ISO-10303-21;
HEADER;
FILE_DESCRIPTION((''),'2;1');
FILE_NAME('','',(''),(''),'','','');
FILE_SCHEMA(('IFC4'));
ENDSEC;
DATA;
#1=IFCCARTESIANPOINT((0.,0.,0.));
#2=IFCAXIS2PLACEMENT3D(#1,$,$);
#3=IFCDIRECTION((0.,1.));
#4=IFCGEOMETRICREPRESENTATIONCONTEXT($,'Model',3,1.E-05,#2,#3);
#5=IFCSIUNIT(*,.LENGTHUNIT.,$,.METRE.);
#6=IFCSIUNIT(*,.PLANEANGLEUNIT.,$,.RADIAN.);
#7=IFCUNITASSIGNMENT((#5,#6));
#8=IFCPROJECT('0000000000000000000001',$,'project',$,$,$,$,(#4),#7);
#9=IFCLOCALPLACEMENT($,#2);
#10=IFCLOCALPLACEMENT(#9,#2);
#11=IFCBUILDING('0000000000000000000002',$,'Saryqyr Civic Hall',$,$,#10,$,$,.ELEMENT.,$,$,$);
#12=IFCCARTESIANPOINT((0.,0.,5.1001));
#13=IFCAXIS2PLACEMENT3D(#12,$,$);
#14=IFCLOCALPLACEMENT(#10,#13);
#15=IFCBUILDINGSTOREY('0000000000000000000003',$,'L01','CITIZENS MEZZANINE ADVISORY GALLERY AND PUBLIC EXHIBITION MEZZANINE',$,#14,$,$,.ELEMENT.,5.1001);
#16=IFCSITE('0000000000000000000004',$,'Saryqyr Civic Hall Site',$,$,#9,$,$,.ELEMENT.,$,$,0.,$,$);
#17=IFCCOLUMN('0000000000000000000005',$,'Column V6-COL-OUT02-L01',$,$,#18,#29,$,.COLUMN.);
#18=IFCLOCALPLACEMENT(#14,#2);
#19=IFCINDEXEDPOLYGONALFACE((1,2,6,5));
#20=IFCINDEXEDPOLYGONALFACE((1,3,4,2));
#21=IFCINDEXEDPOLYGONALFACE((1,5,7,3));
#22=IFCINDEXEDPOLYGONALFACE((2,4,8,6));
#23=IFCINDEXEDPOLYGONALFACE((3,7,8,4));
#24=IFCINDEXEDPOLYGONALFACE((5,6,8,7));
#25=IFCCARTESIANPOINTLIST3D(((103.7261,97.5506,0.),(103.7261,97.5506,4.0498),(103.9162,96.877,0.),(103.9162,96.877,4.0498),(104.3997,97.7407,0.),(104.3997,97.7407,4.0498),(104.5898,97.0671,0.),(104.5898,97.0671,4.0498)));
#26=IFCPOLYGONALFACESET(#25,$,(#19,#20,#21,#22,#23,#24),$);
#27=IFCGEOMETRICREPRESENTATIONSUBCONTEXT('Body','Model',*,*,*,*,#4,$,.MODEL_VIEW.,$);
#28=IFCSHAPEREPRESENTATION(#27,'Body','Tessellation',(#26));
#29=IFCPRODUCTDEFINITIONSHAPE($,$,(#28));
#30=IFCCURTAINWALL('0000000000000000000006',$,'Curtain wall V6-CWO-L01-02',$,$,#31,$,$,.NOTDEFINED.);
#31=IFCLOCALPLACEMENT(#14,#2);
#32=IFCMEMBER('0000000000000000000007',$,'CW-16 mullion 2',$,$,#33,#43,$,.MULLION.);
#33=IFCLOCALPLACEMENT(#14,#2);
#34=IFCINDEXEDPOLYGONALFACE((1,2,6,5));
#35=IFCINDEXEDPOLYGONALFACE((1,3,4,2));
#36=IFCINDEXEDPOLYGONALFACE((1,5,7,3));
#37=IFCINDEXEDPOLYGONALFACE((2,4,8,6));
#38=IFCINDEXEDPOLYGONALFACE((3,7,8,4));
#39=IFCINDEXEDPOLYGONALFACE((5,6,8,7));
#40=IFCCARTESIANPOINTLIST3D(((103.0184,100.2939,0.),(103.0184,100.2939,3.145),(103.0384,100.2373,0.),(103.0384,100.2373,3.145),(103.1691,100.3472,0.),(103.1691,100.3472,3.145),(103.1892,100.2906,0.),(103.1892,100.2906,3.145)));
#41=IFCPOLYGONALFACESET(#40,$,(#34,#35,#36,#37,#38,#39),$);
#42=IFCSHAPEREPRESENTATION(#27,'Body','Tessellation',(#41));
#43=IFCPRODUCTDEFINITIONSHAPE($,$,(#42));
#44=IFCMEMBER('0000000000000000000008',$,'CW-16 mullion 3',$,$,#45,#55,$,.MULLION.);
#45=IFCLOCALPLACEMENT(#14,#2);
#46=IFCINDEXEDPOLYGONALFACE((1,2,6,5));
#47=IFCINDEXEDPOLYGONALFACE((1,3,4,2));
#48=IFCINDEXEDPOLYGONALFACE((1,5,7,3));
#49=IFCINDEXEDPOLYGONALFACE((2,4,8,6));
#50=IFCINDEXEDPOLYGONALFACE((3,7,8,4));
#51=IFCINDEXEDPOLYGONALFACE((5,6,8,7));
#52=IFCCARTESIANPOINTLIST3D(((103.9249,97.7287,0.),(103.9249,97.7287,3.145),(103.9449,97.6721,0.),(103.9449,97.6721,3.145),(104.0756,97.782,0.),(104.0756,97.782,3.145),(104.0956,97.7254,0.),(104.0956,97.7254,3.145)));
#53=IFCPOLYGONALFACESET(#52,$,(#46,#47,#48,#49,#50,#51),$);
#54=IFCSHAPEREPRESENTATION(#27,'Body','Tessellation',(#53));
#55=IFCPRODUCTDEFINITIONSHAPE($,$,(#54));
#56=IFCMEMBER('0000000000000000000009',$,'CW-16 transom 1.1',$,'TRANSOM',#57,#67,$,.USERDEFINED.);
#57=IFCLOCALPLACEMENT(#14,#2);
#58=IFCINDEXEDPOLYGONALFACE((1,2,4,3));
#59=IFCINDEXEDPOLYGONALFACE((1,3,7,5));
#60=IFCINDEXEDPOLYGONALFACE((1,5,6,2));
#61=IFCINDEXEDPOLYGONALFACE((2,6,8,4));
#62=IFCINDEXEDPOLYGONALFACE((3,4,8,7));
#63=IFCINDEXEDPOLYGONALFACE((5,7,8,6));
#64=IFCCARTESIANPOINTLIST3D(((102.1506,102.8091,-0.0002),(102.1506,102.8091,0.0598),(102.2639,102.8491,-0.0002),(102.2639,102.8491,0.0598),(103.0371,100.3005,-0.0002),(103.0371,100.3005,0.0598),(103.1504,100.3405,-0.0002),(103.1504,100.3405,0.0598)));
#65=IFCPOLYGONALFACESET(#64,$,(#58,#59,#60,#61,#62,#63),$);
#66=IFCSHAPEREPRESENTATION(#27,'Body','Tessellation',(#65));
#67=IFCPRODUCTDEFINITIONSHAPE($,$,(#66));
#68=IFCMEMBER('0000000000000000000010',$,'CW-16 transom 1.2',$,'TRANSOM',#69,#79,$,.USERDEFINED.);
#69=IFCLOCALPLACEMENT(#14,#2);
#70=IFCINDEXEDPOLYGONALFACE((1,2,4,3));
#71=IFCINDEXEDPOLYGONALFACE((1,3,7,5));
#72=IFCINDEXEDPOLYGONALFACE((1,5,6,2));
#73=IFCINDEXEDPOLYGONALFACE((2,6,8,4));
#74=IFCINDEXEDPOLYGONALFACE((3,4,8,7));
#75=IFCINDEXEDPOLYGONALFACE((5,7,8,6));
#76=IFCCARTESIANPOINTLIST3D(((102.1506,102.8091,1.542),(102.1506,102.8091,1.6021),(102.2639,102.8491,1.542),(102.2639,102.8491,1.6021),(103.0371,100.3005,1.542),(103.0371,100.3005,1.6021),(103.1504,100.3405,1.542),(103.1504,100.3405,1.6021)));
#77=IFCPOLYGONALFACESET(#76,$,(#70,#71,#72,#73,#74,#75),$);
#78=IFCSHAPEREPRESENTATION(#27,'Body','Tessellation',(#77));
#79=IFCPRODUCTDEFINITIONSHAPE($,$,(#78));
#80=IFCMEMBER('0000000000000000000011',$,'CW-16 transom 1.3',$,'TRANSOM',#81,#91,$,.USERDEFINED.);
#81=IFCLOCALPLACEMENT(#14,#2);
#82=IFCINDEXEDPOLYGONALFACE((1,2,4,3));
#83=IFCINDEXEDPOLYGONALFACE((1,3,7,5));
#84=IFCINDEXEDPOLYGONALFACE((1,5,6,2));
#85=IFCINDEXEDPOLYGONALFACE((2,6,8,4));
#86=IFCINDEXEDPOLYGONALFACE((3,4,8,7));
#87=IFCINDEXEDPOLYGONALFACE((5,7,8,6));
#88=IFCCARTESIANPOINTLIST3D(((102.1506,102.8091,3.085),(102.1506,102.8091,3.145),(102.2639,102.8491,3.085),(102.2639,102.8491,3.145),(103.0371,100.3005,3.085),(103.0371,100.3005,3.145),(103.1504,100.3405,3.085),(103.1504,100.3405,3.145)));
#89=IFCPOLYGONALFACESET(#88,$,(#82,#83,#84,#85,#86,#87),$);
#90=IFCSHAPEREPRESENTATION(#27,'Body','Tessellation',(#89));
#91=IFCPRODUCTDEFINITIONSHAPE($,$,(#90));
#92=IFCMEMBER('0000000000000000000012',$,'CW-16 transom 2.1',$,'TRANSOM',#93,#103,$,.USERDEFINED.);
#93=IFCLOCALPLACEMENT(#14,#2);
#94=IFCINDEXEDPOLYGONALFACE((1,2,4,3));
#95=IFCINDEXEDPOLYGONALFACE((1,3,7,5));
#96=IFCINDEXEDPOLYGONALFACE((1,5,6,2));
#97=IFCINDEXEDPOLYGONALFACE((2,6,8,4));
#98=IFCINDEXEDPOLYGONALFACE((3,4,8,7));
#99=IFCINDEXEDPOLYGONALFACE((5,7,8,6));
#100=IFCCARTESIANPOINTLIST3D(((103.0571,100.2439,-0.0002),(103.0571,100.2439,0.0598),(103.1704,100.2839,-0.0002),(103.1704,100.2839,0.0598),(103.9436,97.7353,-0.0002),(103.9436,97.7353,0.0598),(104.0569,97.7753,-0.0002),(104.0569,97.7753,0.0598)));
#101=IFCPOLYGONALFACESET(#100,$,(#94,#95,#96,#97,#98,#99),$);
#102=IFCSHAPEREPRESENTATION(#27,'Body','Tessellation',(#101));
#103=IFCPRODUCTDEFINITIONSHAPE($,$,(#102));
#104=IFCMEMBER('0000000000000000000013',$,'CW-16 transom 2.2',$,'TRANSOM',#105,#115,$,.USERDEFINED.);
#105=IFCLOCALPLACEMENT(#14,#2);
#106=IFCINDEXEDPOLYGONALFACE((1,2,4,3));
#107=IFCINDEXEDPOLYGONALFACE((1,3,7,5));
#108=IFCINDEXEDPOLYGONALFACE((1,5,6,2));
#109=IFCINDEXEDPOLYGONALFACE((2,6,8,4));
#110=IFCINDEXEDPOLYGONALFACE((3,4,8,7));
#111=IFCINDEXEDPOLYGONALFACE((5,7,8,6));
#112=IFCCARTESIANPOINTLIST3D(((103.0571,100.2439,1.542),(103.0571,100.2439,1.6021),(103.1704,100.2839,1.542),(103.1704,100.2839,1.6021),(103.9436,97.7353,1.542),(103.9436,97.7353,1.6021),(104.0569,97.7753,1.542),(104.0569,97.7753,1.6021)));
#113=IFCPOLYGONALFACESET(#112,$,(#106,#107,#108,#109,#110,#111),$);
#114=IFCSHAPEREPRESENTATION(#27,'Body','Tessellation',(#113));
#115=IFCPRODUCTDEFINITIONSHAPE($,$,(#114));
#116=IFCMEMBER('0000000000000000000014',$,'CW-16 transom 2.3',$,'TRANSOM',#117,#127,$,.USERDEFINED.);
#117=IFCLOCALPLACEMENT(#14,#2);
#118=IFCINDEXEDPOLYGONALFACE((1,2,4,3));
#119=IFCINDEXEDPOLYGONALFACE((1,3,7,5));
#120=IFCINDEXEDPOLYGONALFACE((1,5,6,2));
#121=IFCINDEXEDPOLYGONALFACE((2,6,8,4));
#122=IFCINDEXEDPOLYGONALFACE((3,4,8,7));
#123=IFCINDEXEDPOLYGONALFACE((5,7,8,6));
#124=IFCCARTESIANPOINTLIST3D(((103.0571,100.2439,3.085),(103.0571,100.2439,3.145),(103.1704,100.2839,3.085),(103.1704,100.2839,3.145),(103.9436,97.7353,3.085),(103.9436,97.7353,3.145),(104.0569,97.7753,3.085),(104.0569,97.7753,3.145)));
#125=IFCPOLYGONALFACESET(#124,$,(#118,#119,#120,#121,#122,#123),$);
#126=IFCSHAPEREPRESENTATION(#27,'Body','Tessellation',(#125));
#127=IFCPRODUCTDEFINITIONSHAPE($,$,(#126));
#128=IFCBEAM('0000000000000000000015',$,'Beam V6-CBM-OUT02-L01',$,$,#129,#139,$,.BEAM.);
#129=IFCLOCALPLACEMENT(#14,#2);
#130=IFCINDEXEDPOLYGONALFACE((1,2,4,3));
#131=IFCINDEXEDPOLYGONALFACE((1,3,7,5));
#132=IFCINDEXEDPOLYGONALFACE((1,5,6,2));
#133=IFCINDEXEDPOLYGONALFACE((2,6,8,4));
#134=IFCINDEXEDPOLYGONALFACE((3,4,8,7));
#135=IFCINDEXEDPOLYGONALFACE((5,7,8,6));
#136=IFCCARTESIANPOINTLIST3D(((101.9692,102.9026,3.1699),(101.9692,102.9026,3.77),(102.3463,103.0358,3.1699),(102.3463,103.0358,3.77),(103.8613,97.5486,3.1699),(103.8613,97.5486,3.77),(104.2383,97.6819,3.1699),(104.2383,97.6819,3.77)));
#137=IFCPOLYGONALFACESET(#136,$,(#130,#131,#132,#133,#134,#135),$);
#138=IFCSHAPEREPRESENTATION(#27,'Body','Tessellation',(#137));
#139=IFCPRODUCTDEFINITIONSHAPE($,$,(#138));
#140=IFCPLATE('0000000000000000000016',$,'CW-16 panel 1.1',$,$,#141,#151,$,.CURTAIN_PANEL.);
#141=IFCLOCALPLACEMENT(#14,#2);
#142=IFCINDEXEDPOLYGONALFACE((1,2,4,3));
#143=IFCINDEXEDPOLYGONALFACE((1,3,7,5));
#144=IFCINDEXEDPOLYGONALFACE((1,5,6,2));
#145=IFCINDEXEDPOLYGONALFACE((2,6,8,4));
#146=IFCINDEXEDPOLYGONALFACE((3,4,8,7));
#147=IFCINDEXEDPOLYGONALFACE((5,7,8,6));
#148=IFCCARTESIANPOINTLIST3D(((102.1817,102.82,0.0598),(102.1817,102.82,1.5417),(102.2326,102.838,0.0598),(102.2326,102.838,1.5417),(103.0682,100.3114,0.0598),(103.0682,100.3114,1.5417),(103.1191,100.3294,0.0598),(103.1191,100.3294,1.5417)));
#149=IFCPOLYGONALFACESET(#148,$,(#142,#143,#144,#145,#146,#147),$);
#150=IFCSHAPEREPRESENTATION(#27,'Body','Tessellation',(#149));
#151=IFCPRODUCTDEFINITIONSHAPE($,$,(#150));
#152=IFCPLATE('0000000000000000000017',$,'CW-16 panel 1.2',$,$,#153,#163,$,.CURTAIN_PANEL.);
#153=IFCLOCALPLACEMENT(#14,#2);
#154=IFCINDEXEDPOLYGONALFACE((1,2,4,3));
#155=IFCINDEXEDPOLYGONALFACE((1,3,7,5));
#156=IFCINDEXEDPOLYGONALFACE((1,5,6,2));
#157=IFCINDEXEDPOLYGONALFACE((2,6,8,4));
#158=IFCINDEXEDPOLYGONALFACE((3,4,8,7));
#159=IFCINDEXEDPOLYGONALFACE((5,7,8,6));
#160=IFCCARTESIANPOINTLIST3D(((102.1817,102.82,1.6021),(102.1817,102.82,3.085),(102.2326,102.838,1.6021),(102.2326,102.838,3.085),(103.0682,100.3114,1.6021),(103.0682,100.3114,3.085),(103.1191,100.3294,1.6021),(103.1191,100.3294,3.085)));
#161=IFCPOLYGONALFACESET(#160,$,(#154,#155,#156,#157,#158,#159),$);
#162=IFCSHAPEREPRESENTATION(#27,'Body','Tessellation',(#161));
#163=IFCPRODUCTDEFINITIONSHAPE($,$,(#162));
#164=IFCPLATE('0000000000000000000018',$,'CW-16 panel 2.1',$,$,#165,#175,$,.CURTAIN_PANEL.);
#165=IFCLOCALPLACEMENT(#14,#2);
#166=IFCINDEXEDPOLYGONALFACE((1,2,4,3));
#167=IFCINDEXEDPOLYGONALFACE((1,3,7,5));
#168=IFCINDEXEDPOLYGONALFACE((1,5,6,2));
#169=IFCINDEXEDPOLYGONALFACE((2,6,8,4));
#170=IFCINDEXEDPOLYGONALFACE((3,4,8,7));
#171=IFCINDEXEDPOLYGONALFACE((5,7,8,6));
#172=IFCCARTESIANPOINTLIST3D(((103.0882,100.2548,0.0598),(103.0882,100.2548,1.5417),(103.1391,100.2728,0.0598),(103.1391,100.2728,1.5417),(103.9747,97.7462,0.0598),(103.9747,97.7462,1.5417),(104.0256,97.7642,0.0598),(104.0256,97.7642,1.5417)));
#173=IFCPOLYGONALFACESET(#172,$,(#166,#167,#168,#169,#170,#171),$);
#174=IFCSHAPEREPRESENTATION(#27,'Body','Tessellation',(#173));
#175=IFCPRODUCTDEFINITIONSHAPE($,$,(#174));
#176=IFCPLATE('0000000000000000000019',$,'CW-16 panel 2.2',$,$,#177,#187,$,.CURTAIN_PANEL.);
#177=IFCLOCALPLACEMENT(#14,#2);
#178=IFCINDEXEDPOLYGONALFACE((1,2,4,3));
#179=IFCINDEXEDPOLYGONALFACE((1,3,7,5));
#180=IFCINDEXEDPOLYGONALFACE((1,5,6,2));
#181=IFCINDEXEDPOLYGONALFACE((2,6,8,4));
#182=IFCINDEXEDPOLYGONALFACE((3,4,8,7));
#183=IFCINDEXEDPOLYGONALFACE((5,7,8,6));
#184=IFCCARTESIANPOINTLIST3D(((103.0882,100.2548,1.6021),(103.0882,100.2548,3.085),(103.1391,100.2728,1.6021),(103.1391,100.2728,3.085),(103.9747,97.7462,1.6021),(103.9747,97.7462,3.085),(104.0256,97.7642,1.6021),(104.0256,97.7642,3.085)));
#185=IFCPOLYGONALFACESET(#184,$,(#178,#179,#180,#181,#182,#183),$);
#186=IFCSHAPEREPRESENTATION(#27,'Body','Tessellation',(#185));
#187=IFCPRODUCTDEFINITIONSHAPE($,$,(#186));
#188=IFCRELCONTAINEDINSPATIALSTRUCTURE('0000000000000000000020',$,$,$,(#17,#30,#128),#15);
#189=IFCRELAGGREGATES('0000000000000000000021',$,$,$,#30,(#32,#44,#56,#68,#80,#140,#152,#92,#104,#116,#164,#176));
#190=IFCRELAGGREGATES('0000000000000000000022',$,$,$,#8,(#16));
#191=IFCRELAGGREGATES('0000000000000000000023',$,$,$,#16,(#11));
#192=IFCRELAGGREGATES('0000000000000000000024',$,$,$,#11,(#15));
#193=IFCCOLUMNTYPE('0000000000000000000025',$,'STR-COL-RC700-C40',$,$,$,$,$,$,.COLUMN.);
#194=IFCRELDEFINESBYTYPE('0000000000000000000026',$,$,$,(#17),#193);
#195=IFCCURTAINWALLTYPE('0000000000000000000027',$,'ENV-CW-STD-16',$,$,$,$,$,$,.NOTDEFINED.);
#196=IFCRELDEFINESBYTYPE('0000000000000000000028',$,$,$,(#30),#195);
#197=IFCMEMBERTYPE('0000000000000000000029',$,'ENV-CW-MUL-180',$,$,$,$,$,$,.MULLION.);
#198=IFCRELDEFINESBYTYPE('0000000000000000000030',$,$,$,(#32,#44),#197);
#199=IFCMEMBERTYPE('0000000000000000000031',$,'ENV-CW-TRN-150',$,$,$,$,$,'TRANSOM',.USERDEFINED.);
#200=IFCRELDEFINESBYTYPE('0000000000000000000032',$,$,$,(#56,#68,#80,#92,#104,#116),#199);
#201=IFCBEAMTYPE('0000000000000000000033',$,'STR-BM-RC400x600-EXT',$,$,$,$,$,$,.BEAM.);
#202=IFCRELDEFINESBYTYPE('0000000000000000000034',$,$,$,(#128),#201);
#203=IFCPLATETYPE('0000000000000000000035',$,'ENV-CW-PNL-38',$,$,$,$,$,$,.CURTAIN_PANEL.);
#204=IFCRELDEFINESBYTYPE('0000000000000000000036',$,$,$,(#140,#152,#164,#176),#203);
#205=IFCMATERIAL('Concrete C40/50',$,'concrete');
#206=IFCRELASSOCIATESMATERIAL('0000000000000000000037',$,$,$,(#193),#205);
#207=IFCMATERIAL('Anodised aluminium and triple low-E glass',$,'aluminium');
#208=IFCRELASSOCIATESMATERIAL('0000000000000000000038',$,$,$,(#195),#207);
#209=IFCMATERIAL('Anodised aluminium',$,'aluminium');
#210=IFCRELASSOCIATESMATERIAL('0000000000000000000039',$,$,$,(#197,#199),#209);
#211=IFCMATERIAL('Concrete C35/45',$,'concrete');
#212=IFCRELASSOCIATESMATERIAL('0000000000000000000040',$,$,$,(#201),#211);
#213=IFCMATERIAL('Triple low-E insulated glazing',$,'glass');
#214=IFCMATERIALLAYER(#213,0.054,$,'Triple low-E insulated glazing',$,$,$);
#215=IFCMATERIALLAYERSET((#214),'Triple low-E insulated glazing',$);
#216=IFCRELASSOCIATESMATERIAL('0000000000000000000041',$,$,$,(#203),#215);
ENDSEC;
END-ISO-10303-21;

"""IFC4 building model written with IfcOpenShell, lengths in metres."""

from ifc_helpers import new_model, si_unit, direction, frame, origin, origin_2d, place, context, subcontext, project, spatial, rectangle, extrude, material, layer, layer_set, material_profile, profile_set, type_object, element, aggregate, save


model = new_model("IFC4")

# Units and contexts
model_context = context("Model", 3, precision=1e-05, world=origin(), true_north=direction((0.0, 1.0)))
body_context = subcontext(model_context, "Body", "Model", "MODEL_VIEW")
ifc_project = project(units=[si_unit("LENGTHUNIT", "METRE"), si_unit("PLANEANGLEUNIT", "RADIAN")], contexts=[model_context])

# Site, building, storey
site_placement = place(None, origin())
site = spatial("IfcSite", under=ifc_project, at=site_placement, Name="Saryqyr Civic Hall Site", CompositionType="ELEMENT", RefElevation=0.0)
building_placement = place(site_placement, origin())
building = spatial("IfcBuilding", under=site, at=building_placement, Name="Saryqyr Civic Hall", CompositionType="ELEMENT")
storey_placement = place(building_placement, frame((0.0, 0.0, 5.1001)))
storey = spatial("IfcBuildingStorey", under=building, at=storey_placement, Name="L01", Description="CITIZENS MEZZANINE ADVISORY GALLERY AND PUBLIC EXHIBITION MEZZANINE", CompositionType="ELEMENT", Elevation=5.1001)

# Column
ifc_material_1 = material(Name="Concrete C40/50", Category="concrete")
ifc_material_profile_1 = material_profile(ifc_material_1, rectangle(XDim=0.7, YDim=0.7, at=origin_2d()), Name="RC 700x700")
ifc_profile_set_1 = profile_set([ifc_material_profile_1], Name="Concrete C40/50")
column_type = type_object("IfcColumnType", Name="STR-COL-RC700-C40", PredefinedType="COLUMN", material=ifc_profile_set_1)
column_placement = place(storey_placement, frame((104.158, 97.3088, 0.0), z_axis=(0.0, 0.0, 1.0), x_axis=(0.962408, 0.271608, 0.0)))
element("IfcColumn", 1, at=column_placement, inside=storey, type_object=column_type, Name="Column V6-COL-OUT02-L01", PredefinedType="COLUMN", context=body_context, shape_type="SweptSolid", body=[
    extrude(rectangle(XDim=0.7, YDim=0.7, at=origin_2d()), origin(), (0.0, 0.0, 1.0), 4.0498),
])

# Curtain wall, members
ifc_material_2 = material(Name="Anodised aluminium and triple low-E glass", Category="aluminium")
curtain_wall_type = type_object("IfcCurtainWallType", Name="ENV-CW-STD-16", PredefinedType="NOTDEFINED", material=ifc_material_2)
curtain_wall_placement = place(storey_placement, origin())
curtain_wall = element("IfcCurtainWall", 2, at=curtain_wall_placement, inside=storey, type_object=curtain_wall_type, Name="Curtain wall V6-CWO-L01-02", PredefinedType="NOTDEFINED")
ifc_material_3 = material(Name="Anodised aluminium", Category="aluminium")
ifc_material_profile_2 = material_profile(ifc_material_3, rectangle(XDim=0.0601, YDim=0.1599, at=origin_2d()), Name="ALU MULLION 60x160")
ifc_profile_set_2 = profile_set([ifc_material_profile_2], Name="Anodised aluminium")
member_type_1 = type_object("IfcMemberType", Name="ENV-CW-MUL-180", PredefinedType="MULLION", material=ifc_profile_set_2)
member_1_placement = place(storey_placement, frame((103.1038, 100.2922, 0.0), z_axis=(0.0, 0.0, 1.0), x_axis=(0.333202, -0.942855, 0.0)))
member_1 = element("IfcMember", 3, at=member_1_placement, type_object=member_type_1, Name="CW-16 mullion 2", PredefinedType="MULLION", context=body_context, shape_type="SweptSolid", body=[
    extrude(rectangle(XDim=0.0601, YDim=0.1599, at=origin_2d()), origin(), (0.0, 0.0, 1.0), 3.145),
])
member_2_placement = place(storey_placement, frame((104.0103, 97.7271, 0.0), z_axis=(0.0, 0.0, 1.0), x_axis=(0.333202, -0.942855, 0.0)))
member_2 = element("IfcMember", 4, at=member_2_placement, type_object=member_type_1, Name="CW-16 mullion 3", PredefinedType="MULLION", context=body_context, shape_type="SweptSolid", body=[
    extrude(rectangle(XDim=0.0601, YDim=0.1599, at=origin_2d()), origin(), (0.0, 0.0, 1.0), 3.145),
])
ifc_material_profile_3 = material_profile(ifc_material_3, rectangle(XDim=0.1201, YDim=0.0601, at=origin_2d()), Name="ALU TRANSOM 120x60")
ifc_profile_set_3 = profile_set([ifc_material_profile_3], Name="Anodised aluminium")
member_type_2 = type_object("IfcMemberType", Name="ENV-CW-TRN-150", ElementType="TRANSOM", PredefinedType="USERDEFINED", material=ifc_profile_set_3)
member_3_placement = place(storey_placement, frame((102.2073, 102.8291, 0.0298), z_axis=(0.33319, -0.94286, 0.0), x_axis=(0.94286, 0.33319, 0.0)))
member_3 = element("IfcMember", 5, at=member_3_placement, type_object=member_type_2, Name="CW-16 transom 1.1", ObjectType="TRANSOM", PredefinedType="USERDEFINED", context=body_context, shape_type="SweptSolid", body=[
    extrude(rectangle(XDim=0.1201, YDim=0.0601, at=origin_2d()), origin(), (0.0, 0.0, 1.0), 2.6606),
])
member_4_placement = place(storey_placement, frame((102.2073, 102.8291, 1.572), z_axis=(0.33319, -0.94286, 0.0), x_axis=(0.94286, 0.33319, 0.0)))
member_4 = element("IfcMember", 6, at=member_4_placement, type_object=member_type_2, Name="CW-16 transom 1.2", ObjectType="TRANSOM", PredefinedType="USERDEFINED", context=body_context, shape_type="SweptSolid", body=[
    extrude(rectangle(XDim=0.1201, YDim=0.0601, at=origin_2d()), origin(), (0.0, 0.0, 1.0), 2.6606),
])
member_5_placement = place(storey_placement, frame((102.2073, 102.8291, 3.115), z_axis=(0.33319, -0.94286, 0.0), x_axis=(0.94286, 0.33319, 0.0)))
member_5 = element("IfcMember", 7, at=member_5_placement, type_object=member_type_2, Name="CW-16 transom 1.3", ObjectType="TRANSOM", PredefinedType="USERDEFINED", context=body_context, shape_type="SweptSolid", body=[
    extrude(rectangle(XDim=0.1201, YDim=0.0601, at=origin_2d()), origin(), (0.0, 0.0, 1.0), 2.6606),
])
member_6_placement = place(storey_placement, frame((103.1138, 100.2639, 0.0298), z_axis=(0.33319, -0.94286, 0.0), x_axis=(0.94286, 0.33319, 0.0)))
member_6 = element("IfcMember", 8, at=member_6_placement, type_object=member_type_2, Name="CW-16 transom 2.1", ObjectType="TRANSOM", PredefinedType="USERDEFINED", context=body_context, shape_type="SweptSolid", body=[
    extrude(rectangle(XDim=0.1201, YDim=0.0601, at=origin_2d()), origin(), (0.0, 0.0, 1.0), 2.6606),
])
member_7_placement = place(storey_placement, frame((103.1138, 100.2639, 1.572), z_axis=(0.33319, -0.94286, 0.0), x_axis=(0.94286, 0.33319, 0.0)))
member_7 = element("IfcMember", 9, at=member_7_placement, type_object=member_type_2, Name="CW-16 transom 2.2", ObjectType="TRANSOM", PredefinedType="USERDEFINED", context=body_context, shape_type="SweptSolid", body=[
    extrude(rectangle(XDim=0.1201, YDim=0.0601, at=origin_2d()), origin(), (0.0, 0.0, 1.0), 2.6606),
])
member_8_placement = place(storey_placement, frame((103.1138, 100.2639, 3.115), z_axis=(0.33319, -0.94286, 0.0), x_axis=(0.94286, 0.33319, 0.0)))
member_8 = element("IfcMember", 10, at=member_8_placement, type_object=member_type_2, Name="CW-16 transom 2.3", ObjectType="TRANSOM", PredefinedType="USERDEFINED", context=body_context, shape_type="SweptSolid", body=[
    extrude(rectangle(XDim=0.1201, YDim=0.0601, at=origin_2d()), origin(), (0.0, 0.0, 1.0), 2.6606),
])

# Beam
ifc_material_4 = material(Name="Concrete C35/45", Category="concrete")
ifc_material_profile_4 = material_profile(ifc_material_4, rectangle(XDim=0.3999, YDim=0.6001, at=origin_2d()), Name="RC 400x600")
ifc_profile_set_4 = profile_set([ifc_material_profile_4], Name="Concrete C35/45")
beam_type = type_object("IfcBeamType", Name="STR-BM-RC400x600-EXT", PredefinedType="BEAM", material=ifc_profile_set_4)
beam_placement = place(storey_placement, frame((104.0498, 97.6152, 3.47), z_axis=(-0.333202, 0.942855, 0.0), x_axis=(-0.942855, -0.333202, 0.0)))
element("IfcBeam", 11, at=beam_placement, inside=storey, type_object=beam_type, Name="Beam V6-CBM-OUT02-L01", PredefinedType="BEAM", context=body_context, shape_type="SweptSolid", body=[
    extrude(rectangle(XDim=0.3999, YDim=0.6001, at=origin_2d()), origin(), (0.0, 0.0, 1.0), 5.6785),
])

# Plates
ifc_material_5 = material(Name="Triple low-E insulated glazing", Category="glass")
ifc_layer_1 = layer(ifc_material_5, 0.054, Name="Triple low-E insulated glazing")
ifc_layer_set_1 = layer_set([ifc_layer_1], Name="Triple low-E insulated glazing")
plate_type = type_object("IfcPlateType", Name="ENV-CW-PNL-38", PredefinedType="CURTAIN_PANEL", material=ifc_layer_set_1)
plate_1_placement = place(storey_placement, frame((102.6504, 101.5747, 0.0598), z_axis=(0.0, 0.0, 1.0), x_axis=(0.333202, -0.942855, 0.0)))
plate_1 = element("IfcPlate", 12, at=plate_1_placement, type_object=plate_type, Name="CW-16 panel 1.1", PredefinedType="CURTAIN_PANEL", context=body_context, shape_type="SweptSolid", body=[
    extrude(rectangle(XDim=2.6606, YDim=0.054, at=origin_2d()), origin(), (0.0, 0.0, 1.0), 1.4819),
])
plate_2_placement = place(storey_placement, frame((102.6504, 101.5747, 1.6021), z_axis=(0.0, 0.0, 1.0), x_axis=(0.333202, -0.942855, 0.0)))
plate_2 = element("IfcPlate", 13, at=plate_2_placement, type_object=plate_type, Name="CW-16 panel 1.2", PredefinedType="CURTAIN_PANEL", context=body_context, shape_type="SweptSolid", body=[
    extrude(rectangle(XDim=2.6606, YDim=0.054, at=origin_2d()), origin(), (0.0, 0.0, 1.0), 1.4829),
])
plate_3_placement = place(storey_placement, frame((103.5569, 99.0095, 0.0598), z_axis=(0.0, 0.0, 1.0), x_axis=(0.333202, -0.942855, 0.0)))
plate_3 = element("IfcPlate", 14, at=plate_3_placement, type_object=plate_type, Name="CW-16 panel 2.1", PredefinedType="CURTAIN_PANEL", context=body_context, shape_type="SweptSolid", body=[
    extrude(rectangle(XDim=2.6606, YDim=0.054, at=origin_2d()), origin(), (0.0, 0.0, 1.0), 1.4819),
])
plate_4_placement = place(storey_placement, frame((103.5569, 99.0095, 1.6021), z_axis=(0.0, 0.0, 1.0), x_axis=(0.333202, -0.942855, 0.0)))
plate_4 = element("IfcPlate", 15, at=plate_4_placement, type_object=plate_type, Name="CW-16 panel 2.2", PredefinedType="CURTAIN_PANEL", context=body_context, shape_type="SweptSolid", body=[
    extrude(rectangle(XDim=2.6606, YDim=0.054, at=origin_2d()), origin(), (0.0, 0.0, 1.0), 1.4829),
])
aggregate(curtain_wall, [member_1, member_2, member_3, member_4, member_5, plate_1, plate_2, member_6, member_7, member_8, plate_3, plate_4])

save(model, "model.ifc")
